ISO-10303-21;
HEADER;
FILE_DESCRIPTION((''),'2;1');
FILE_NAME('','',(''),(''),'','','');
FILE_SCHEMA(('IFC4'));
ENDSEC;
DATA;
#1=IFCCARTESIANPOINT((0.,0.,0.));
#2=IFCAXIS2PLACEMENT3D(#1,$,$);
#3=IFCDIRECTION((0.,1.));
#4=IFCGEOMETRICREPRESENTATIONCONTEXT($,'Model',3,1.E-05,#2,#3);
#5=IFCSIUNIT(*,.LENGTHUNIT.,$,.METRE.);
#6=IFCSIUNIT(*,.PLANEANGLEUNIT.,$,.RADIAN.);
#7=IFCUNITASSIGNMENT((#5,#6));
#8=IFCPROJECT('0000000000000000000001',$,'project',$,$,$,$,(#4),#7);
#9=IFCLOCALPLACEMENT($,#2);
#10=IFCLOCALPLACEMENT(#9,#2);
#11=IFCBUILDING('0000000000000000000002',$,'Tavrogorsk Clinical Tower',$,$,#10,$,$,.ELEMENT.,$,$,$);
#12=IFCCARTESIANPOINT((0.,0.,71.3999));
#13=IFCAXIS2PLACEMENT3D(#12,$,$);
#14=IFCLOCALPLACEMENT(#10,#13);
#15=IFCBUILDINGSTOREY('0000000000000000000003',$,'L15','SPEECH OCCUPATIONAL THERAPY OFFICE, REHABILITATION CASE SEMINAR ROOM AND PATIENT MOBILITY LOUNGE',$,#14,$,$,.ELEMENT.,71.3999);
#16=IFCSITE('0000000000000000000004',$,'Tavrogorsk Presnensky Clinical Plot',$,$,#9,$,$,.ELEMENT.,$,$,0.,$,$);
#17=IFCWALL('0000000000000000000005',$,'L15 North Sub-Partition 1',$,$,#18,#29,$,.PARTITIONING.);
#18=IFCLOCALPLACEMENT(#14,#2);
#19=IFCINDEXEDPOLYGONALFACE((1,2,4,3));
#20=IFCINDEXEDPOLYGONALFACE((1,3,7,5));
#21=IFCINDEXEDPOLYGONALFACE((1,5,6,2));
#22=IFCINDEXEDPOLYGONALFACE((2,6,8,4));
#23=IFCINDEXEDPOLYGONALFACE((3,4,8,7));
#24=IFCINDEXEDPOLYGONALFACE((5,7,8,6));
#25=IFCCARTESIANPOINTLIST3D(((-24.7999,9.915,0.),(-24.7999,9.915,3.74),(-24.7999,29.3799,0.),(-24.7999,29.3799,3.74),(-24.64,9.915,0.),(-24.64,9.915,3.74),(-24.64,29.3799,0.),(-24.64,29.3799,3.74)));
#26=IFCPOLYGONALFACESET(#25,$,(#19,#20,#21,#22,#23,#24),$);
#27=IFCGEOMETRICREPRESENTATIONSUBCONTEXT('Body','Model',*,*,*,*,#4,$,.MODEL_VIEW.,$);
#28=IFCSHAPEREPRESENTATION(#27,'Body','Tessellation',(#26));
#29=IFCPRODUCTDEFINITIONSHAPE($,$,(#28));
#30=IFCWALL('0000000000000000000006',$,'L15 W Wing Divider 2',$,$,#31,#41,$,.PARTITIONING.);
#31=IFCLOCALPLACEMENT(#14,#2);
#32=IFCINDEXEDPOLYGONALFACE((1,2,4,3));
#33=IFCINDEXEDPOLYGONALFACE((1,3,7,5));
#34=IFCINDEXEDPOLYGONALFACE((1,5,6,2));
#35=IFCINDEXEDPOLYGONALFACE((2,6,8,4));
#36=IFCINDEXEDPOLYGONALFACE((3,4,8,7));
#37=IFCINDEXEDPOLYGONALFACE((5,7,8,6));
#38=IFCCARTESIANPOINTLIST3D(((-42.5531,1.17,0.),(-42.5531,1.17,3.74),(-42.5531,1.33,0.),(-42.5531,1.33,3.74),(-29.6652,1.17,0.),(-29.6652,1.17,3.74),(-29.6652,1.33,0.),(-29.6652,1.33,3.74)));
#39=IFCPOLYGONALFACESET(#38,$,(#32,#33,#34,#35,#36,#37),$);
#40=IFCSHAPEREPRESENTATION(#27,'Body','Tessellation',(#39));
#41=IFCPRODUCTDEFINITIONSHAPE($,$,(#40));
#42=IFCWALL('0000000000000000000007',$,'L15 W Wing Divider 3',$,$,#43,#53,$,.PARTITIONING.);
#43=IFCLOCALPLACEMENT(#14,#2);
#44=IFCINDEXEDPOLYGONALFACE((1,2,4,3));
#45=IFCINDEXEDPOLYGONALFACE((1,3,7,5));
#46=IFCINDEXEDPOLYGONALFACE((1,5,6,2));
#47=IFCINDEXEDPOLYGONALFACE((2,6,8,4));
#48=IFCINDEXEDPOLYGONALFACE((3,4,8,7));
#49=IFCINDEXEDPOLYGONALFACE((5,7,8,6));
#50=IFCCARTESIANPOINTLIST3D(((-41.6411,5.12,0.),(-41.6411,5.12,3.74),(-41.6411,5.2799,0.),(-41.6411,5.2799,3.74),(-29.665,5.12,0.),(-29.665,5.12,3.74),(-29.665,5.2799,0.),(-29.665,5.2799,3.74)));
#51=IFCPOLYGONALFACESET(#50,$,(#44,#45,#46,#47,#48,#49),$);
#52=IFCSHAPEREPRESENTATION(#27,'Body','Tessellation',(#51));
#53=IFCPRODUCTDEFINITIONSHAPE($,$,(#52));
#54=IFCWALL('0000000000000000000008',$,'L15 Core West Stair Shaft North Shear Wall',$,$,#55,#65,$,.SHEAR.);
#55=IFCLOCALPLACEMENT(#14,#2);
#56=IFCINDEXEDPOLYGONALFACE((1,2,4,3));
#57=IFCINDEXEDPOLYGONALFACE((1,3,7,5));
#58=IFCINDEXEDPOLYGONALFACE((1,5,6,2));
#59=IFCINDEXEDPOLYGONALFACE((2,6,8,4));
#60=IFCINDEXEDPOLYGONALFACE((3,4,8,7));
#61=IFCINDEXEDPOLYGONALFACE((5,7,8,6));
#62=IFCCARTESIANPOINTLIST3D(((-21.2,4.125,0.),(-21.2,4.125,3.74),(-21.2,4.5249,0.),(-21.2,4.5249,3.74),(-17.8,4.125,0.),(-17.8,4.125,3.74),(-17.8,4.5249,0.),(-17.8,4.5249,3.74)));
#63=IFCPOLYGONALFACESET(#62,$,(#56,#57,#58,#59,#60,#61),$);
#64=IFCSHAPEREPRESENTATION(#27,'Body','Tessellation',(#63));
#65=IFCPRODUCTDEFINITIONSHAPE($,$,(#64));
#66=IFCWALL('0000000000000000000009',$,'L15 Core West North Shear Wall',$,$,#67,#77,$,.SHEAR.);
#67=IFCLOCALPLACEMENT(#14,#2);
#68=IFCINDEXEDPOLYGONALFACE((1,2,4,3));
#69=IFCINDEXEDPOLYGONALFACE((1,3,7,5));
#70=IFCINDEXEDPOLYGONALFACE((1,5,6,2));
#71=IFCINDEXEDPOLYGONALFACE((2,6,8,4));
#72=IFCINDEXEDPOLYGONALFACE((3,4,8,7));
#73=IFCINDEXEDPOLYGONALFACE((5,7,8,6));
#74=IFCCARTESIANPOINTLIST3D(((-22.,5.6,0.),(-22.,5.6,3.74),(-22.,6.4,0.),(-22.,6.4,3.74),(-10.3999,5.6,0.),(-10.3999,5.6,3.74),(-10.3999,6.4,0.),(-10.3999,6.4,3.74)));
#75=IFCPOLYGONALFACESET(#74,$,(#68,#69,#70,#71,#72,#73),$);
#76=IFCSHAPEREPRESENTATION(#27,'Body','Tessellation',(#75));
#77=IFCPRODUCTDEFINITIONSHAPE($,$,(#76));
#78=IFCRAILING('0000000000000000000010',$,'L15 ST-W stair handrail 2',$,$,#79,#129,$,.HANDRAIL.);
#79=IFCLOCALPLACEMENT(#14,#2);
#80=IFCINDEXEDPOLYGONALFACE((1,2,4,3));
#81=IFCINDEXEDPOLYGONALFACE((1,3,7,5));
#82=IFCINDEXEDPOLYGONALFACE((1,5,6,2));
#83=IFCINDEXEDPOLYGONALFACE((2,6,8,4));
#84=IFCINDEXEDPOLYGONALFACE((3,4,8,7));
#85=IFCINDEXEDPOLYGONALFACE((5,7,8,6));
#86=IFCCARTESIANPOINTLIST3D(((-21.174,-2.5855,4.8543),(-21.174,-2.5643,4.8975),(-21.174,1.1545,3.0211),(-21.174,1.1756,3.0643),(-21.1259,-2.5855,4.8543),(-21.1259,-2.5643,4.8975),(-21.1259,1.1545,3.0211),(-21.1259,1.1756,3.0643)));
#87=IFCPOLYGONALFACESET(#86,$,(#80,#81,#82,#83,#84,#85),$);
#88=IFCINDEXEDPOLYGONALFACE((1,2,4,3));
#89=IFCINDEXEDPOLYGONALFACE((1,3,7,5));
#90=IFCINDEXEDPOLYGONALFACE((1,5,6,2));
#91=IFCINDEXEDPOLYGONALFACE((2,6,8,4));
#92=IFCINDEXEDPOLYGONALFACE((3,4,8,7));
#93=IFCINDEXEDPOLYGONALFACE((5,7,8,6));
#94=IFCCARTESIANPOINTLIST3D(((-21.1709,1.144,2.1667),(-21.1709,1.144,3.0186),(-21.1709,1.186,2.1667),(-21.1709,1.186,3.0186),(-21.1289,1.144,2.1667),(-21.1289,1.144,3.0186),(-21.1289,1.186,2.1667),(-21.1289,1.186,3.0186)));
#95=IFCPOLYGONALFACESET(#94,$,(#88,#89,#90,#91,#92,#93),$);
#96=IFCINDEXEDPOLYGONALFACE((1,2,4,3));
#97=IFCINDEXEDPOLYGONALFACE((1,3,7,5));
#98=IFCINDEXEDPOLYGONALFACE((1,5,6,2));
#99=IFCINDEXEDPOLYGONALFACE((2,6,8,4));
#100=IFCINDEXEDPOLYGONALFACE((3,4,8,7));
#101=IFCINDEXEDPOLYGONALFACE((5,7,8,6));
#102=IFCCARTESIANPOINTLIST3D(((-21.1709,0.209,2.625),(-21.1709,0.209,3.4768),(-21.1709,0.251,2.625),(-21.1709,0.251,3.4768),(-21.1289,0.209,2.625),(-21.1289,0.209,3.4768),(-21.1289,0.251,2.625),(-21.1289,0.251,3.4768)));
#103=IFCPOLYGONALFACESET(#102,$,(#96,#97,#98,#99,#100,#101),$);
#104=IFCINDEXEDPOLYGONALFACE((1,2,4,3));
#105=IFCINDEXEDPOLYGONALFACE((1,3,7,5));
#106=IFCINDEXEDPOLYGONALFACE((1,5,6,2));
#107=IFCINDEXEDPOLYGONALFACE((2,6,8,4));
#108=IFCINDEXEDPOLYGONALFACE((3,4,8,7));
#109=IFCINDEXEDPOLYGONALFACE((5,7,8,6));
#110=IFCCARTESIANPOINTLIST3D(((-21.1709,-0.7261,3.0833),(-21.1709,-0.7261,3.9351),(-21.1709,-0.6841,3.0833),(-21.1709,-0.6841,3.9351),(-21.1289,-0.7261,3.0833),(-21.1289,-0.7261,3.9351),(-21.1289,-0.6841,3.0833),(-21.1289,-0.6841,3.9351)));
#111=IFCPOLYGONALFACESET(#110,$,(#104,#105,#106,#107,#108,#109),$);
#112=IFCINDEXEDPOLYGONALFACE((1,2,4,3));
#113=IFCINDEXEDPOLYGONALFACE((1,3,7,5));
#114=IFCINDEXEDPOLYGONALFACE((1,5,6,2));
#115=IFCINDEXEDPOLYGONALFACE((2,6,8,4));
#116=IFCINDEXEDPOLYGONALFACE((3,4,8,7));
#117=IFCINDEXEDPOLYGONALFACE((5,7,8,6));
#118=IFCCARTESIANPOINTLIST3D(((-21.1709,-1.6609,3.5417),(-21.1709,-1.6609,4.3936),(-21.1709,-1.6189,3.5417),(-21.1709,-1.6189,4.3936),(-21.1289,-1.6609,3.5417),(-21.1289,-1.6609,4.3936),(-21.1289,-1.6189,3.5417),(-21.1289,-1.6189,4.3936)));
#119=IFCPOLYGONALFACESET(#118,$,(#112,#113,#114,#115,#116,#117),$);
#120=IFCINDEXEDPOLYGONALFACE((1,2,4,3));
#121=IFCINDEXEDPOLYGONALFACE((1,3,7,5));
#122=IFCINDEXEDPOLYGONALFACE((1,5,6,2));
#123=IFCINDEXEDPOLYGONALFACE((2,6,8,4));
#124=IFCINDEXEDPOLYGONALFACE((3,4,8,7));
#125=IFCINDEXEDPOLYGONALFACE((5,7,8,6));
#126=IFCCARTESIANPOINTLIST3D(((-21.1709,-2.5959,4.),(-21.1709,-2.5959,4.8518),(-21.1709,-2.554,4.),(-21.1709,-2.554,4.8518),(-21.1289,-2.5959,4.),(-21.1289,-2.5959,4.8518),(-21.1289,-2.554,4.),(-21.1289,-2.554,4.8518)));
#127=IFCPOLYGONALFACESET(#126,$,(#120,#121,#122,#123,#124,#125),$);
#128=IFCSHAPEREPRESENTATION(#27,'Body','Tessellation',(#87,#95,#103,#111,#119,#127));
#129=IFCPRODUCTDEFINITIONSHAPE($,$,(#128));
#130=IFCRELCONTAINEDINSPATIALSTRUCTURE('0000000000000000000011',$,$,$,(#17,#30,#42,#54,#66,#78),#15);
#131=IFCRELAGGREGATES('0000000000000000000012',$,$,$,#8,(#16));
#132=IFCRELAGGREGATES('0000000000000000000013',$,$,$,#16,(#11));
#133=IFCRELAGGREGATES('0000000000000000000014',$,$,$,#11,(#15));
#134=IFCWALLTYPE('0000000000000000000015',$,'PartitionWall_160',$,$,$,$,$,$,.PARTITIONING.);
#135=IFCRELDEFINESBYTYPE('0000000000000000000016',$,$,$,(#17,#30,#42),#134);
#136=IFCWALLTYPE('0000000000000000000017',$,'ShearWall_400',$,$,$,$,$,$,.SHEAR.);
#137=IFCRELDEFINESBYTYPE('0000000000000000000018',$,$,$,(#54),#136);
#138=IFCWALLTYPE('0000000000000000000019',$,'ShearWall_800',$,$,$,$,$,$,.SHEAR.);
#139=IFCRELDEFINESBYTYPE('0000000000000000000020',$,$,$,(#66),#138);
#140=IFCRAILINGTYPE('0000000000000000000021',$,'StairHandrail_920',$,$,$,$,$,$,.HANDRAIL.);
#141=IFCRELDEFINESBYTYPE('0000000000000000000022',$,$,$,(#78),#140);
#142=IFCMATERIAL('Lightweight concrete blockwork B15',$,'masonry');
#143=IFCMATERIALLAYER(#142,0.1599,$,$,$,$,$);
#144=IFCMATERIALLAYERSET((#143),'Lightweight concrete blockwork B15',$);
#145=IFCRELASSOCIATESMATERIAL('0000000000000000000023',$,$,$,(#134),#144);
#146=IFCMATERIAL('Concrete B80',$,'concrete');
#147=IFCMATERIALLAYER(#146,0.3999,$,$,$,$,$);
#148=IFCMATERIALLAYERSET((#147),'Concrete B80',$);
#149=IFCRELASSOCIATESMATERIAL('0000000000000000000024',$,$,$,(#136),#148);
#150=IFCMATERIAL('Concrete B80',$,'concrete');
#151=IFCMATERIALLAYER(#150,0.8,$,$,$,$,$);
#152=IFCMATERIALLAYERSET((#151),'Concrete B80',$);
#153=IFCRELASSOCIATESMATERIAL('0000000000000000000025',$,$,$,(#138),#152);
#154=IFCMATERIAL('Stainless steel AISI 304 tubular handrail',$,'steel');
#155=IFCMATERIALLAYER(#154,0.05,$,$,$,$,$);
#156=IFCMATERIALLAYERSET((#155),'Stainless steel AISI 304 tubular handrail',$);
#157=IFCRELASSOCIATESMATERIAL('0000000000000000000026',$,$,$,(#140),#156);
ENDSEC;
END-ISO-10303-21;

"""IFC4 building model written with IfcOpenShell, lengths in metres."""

from ifc_helpers import new_model, si_unit, direction, frame, frame_2d, origin, origin_2d, place, context, subcontext, project, spatial, rectangle, extrude, material, layer, layer_set, type_object, element, save


model = new_model("IFC4")

# Units and contexts
model_context = context("Model", 3, precision=1e-05, world=origin(), true_north=direction((0.0, 1.0)))
body_context = subcontext(model_context, "Body", "Model", "MODEL_VIEW")
ifc_project = project(units=[si_unit("LENGTHUNIT", "METRE"), si_unit("PLANEANGLEUNIT", "RADIAN")], contexts=[model_context])

# Site, building, storey
site_placement = place(None, origin())
site = spatial("IfcSite", under=ifc_project, at=site_placement, Name="Tavrogorsk Presnensky Clinical Plot", CompositionType="ELEMENT", RefElevation=0.0)
building_placement = place(site_placement, origin())
building = spatial("IfcBuilding", under=site, at=building_placement, Name="Tavrogorsk Clinical Tower", CompositionType="ELEMENT")
storey_placement = place(building_placement, frame((0.0, 0.0, 71.3999)))
storey = spatial("IfcBuildingStorey", under=building, at=storey_placement, Name="L15", Description="SPEECH OCCUPATIONAL THERAPY OFFICE, REHABILITATION CASE SEMINAR ROOM AND PATIENT MOBILITY LOUNGE", CompositionType="ELEMENT", Elevation=71.3999)

# Shared definitions
ifc_material_1 = material(Name="Lightweight concrete blockwork B15", Category="masonry")
ifc_layer_1 = layer(ifc_material_1, 0.1599)
ifc_layer_set_1 = layer_set([ifc_layer_1], Name="Lightweight concrete blockwork B15")
wall_type_1 = type_object("IfcWallType", Name="PartitionWall_160", PredefinedType="PARTITIONING", material=ifc_layer_set_1)

# Walls
wall_1_placement = place(storey_placement, frame((-24.72, 9.915, 0.0), z_axis=(0.0, 0.0, 1.0), x_axis=(0.0, 1.0, 0.0)))
element("IfcWall", 1, at=wall_1_placement, inside=storey, type_object=wall_type_1, Name="L15 North Sub-Partition 1", PredefinedType="PARTITIONING", context=body_context, shape_type="SweptSolid", body=[
    extrude(rectangle(XDim=19.4648, YDim=0.1599, at=frame_2d((9.7324, 0.0))), origin(), (0.0, 0.0, 1.0), 3.74),
])
wall_2_placement = place(storey_placement, frame((-42.553, 1.25, 0.0), z_axis=(0.0, 0.0, 1.0), x_axis=(1.0, 0.0, 0.0)))
element("IfcWall", 2, at=wall_2_placement, inside=storey, type_object=wall_type_1, Name="L15 W Wing Divider 2", PredefinedType="PARTITIONING", context=body_context, shape_type="SweptSolid", body=[
    extrude(rectangle(XDim=12.8879, YDim=0.1599, at=frame_2d((6.4438, 0.0))), origin(), (0.0, 0.0, 1.0), 3.74),
])
wall_3_placement = place(storey_placement, frame((-41.6411, 5.2, 0.0), z_axis=(0.0, 0.0, 1.0), x_axis=(1.0, 0.0, 0.0)))
element("IfcWall", 3, at=wall_3_placement, inside=storey, type_object=wall_type_1, Name="L15 W Wing Divider 3", PredefinedType="PARTITIONING", context=body_context, shape_type="SweptSolid", body=[
    extrude(rectangle(XDim=11.9761, YDim=0.1599, at=frame_2d((5.988, 0.0))), origin(), (0.0, 0.0, 1.0), 3.74),
])
ifc_material_2 = material(Name="Concrete B80", Category="concrete")
ifc_layer_2 = layer(ifc_material_2, 0.3999)
ifc_layer_set_2 = layer_set([ifc_layer_2], Name="Concrete B80")
wall_type_2 = type_object("IfcWallType", Name="ShearWall_400", PredefinedType="SHEAR", material=ifc_layer_set_2)
wall_4_placement = place(storey_placement, frame((-21.2, 4.325, 0.0), z_axis=(0.0, 0.0, 1.0), x_axis=(1.0, 0.0, 0.0)))
element("IfcWall", 4, at=wall_4_placement, inside=storey, type_object=wall_type_2, Name="L15 Core West Stair Shaft North Shear Wall", PredefinedType="SHEAR", context=body_context, shape_type="SweptSolid", body=[
    extrude(rectangle(XDim=3.3999, YDim=0.3999, at=frame_2d((1.7, 0.0))), origin(), (0.0, 0.0, 1.0), 3.74),
])
ifc_material_3 = material(Name="Concrete B80", Category="concrete")
ifc_layer_3 = layer(ifc_material_3, 0.8)
ifc_layer_set_3 = layer_set([ifc_layer_3], Name="Concrete B80")
wall_type_3 = type_object("IfcWallType", Name="ShearWall_800", PredefinedType="SHEAR", material=ifc_layer_set_3)
wall_5_placement = place(storey_placement, frame((-22.0, 6.0, 0.0), z_axis=(0.0, 0.0, 1.0), x_axis=(1.0, 0.0, 0.0)))
element("IfcWall", 5, at=wall_5_placement, inside=storey, type_object=wall_type_3, Name="L15 Core West North Shear Wall", PredefinedType="SHEAR", context=body_context, shape_type="SweptSolid", body=[
    extrude(rectangle(XDim=11.6001, YDim=0.8, at=frame_2d((5.8, 0.0))), origin(), (0.0, 0.0, 1.0), 3.74),
])

# Railing
ifc_material_4 = material(Name="Stainless steel AISI 304 tubular handrail", Category="steel")
ifc_layer_4 = layer(ifc_material_4, 0.05)
ifc_layer_set_4 = layer_set([ifc_layer_4], Name="Stainless steel AISI 304 tubular handrail")
railing_type = type_object("IfcRailingType", Name="StairHandrail_920", PredefinedType="HANDRAIL", material=ifc_layer_set_4)
railing_placement = place(storey_placement, frame((-21.1499, 1.165, 2.1667)))
element("IfcRailing", 6, at=railing_placement, inside=storey, type_object=railing_type, Name="L15 ST-W stair handrail 2", PredefinedType="HANDRAIL", context=body_context, shape_type="SweptSolid", body=[
    extrude(rectangle(XDim=0.0481, YDim=0.0481, at=origin_2d()), frame((0.0, 0.0, 0.876), z_axis=(0.0, -0.897928, 0.440142), x_axis=(1.0, 0.0, 0.0)), (0.0, 0.0, 1.0), 4.165),
    extrude(rectangle(XDim=0.042, YDim=0.042, at=origin_2d()), origin(), (0.0, 0.0, 1.0), 0.8518),
    extrude(rectangle(XDim=0.042, YDim=0.042, at=origin_2d()), frame((0.0, -0.9351, 0.4583)), (0.0, 0.0, 1.0), 0.8518),
    extrude(rectangle(XDim=0.042, YDim=0.042, at=origin_2d()), frame((0.0, -1.8701, 0.9165)), (0.0, 0.0, 1.0), 0.8518),
    extrude(rectangle(XDim=0.042, YDim=0.042, at=origin_2d()), frame((0.0, -2.8049, 1.375)), (0.0, 0.0, 1.0), 0.8518),
    extrude(rectangle(XDim=0.042, YDim=0.042, at=origin_2d()), frame((0.0, -3.74, 1.8333)), (0.0, 0.0, 1.0), 0.8518),
])

save(model, "model.ifc")
